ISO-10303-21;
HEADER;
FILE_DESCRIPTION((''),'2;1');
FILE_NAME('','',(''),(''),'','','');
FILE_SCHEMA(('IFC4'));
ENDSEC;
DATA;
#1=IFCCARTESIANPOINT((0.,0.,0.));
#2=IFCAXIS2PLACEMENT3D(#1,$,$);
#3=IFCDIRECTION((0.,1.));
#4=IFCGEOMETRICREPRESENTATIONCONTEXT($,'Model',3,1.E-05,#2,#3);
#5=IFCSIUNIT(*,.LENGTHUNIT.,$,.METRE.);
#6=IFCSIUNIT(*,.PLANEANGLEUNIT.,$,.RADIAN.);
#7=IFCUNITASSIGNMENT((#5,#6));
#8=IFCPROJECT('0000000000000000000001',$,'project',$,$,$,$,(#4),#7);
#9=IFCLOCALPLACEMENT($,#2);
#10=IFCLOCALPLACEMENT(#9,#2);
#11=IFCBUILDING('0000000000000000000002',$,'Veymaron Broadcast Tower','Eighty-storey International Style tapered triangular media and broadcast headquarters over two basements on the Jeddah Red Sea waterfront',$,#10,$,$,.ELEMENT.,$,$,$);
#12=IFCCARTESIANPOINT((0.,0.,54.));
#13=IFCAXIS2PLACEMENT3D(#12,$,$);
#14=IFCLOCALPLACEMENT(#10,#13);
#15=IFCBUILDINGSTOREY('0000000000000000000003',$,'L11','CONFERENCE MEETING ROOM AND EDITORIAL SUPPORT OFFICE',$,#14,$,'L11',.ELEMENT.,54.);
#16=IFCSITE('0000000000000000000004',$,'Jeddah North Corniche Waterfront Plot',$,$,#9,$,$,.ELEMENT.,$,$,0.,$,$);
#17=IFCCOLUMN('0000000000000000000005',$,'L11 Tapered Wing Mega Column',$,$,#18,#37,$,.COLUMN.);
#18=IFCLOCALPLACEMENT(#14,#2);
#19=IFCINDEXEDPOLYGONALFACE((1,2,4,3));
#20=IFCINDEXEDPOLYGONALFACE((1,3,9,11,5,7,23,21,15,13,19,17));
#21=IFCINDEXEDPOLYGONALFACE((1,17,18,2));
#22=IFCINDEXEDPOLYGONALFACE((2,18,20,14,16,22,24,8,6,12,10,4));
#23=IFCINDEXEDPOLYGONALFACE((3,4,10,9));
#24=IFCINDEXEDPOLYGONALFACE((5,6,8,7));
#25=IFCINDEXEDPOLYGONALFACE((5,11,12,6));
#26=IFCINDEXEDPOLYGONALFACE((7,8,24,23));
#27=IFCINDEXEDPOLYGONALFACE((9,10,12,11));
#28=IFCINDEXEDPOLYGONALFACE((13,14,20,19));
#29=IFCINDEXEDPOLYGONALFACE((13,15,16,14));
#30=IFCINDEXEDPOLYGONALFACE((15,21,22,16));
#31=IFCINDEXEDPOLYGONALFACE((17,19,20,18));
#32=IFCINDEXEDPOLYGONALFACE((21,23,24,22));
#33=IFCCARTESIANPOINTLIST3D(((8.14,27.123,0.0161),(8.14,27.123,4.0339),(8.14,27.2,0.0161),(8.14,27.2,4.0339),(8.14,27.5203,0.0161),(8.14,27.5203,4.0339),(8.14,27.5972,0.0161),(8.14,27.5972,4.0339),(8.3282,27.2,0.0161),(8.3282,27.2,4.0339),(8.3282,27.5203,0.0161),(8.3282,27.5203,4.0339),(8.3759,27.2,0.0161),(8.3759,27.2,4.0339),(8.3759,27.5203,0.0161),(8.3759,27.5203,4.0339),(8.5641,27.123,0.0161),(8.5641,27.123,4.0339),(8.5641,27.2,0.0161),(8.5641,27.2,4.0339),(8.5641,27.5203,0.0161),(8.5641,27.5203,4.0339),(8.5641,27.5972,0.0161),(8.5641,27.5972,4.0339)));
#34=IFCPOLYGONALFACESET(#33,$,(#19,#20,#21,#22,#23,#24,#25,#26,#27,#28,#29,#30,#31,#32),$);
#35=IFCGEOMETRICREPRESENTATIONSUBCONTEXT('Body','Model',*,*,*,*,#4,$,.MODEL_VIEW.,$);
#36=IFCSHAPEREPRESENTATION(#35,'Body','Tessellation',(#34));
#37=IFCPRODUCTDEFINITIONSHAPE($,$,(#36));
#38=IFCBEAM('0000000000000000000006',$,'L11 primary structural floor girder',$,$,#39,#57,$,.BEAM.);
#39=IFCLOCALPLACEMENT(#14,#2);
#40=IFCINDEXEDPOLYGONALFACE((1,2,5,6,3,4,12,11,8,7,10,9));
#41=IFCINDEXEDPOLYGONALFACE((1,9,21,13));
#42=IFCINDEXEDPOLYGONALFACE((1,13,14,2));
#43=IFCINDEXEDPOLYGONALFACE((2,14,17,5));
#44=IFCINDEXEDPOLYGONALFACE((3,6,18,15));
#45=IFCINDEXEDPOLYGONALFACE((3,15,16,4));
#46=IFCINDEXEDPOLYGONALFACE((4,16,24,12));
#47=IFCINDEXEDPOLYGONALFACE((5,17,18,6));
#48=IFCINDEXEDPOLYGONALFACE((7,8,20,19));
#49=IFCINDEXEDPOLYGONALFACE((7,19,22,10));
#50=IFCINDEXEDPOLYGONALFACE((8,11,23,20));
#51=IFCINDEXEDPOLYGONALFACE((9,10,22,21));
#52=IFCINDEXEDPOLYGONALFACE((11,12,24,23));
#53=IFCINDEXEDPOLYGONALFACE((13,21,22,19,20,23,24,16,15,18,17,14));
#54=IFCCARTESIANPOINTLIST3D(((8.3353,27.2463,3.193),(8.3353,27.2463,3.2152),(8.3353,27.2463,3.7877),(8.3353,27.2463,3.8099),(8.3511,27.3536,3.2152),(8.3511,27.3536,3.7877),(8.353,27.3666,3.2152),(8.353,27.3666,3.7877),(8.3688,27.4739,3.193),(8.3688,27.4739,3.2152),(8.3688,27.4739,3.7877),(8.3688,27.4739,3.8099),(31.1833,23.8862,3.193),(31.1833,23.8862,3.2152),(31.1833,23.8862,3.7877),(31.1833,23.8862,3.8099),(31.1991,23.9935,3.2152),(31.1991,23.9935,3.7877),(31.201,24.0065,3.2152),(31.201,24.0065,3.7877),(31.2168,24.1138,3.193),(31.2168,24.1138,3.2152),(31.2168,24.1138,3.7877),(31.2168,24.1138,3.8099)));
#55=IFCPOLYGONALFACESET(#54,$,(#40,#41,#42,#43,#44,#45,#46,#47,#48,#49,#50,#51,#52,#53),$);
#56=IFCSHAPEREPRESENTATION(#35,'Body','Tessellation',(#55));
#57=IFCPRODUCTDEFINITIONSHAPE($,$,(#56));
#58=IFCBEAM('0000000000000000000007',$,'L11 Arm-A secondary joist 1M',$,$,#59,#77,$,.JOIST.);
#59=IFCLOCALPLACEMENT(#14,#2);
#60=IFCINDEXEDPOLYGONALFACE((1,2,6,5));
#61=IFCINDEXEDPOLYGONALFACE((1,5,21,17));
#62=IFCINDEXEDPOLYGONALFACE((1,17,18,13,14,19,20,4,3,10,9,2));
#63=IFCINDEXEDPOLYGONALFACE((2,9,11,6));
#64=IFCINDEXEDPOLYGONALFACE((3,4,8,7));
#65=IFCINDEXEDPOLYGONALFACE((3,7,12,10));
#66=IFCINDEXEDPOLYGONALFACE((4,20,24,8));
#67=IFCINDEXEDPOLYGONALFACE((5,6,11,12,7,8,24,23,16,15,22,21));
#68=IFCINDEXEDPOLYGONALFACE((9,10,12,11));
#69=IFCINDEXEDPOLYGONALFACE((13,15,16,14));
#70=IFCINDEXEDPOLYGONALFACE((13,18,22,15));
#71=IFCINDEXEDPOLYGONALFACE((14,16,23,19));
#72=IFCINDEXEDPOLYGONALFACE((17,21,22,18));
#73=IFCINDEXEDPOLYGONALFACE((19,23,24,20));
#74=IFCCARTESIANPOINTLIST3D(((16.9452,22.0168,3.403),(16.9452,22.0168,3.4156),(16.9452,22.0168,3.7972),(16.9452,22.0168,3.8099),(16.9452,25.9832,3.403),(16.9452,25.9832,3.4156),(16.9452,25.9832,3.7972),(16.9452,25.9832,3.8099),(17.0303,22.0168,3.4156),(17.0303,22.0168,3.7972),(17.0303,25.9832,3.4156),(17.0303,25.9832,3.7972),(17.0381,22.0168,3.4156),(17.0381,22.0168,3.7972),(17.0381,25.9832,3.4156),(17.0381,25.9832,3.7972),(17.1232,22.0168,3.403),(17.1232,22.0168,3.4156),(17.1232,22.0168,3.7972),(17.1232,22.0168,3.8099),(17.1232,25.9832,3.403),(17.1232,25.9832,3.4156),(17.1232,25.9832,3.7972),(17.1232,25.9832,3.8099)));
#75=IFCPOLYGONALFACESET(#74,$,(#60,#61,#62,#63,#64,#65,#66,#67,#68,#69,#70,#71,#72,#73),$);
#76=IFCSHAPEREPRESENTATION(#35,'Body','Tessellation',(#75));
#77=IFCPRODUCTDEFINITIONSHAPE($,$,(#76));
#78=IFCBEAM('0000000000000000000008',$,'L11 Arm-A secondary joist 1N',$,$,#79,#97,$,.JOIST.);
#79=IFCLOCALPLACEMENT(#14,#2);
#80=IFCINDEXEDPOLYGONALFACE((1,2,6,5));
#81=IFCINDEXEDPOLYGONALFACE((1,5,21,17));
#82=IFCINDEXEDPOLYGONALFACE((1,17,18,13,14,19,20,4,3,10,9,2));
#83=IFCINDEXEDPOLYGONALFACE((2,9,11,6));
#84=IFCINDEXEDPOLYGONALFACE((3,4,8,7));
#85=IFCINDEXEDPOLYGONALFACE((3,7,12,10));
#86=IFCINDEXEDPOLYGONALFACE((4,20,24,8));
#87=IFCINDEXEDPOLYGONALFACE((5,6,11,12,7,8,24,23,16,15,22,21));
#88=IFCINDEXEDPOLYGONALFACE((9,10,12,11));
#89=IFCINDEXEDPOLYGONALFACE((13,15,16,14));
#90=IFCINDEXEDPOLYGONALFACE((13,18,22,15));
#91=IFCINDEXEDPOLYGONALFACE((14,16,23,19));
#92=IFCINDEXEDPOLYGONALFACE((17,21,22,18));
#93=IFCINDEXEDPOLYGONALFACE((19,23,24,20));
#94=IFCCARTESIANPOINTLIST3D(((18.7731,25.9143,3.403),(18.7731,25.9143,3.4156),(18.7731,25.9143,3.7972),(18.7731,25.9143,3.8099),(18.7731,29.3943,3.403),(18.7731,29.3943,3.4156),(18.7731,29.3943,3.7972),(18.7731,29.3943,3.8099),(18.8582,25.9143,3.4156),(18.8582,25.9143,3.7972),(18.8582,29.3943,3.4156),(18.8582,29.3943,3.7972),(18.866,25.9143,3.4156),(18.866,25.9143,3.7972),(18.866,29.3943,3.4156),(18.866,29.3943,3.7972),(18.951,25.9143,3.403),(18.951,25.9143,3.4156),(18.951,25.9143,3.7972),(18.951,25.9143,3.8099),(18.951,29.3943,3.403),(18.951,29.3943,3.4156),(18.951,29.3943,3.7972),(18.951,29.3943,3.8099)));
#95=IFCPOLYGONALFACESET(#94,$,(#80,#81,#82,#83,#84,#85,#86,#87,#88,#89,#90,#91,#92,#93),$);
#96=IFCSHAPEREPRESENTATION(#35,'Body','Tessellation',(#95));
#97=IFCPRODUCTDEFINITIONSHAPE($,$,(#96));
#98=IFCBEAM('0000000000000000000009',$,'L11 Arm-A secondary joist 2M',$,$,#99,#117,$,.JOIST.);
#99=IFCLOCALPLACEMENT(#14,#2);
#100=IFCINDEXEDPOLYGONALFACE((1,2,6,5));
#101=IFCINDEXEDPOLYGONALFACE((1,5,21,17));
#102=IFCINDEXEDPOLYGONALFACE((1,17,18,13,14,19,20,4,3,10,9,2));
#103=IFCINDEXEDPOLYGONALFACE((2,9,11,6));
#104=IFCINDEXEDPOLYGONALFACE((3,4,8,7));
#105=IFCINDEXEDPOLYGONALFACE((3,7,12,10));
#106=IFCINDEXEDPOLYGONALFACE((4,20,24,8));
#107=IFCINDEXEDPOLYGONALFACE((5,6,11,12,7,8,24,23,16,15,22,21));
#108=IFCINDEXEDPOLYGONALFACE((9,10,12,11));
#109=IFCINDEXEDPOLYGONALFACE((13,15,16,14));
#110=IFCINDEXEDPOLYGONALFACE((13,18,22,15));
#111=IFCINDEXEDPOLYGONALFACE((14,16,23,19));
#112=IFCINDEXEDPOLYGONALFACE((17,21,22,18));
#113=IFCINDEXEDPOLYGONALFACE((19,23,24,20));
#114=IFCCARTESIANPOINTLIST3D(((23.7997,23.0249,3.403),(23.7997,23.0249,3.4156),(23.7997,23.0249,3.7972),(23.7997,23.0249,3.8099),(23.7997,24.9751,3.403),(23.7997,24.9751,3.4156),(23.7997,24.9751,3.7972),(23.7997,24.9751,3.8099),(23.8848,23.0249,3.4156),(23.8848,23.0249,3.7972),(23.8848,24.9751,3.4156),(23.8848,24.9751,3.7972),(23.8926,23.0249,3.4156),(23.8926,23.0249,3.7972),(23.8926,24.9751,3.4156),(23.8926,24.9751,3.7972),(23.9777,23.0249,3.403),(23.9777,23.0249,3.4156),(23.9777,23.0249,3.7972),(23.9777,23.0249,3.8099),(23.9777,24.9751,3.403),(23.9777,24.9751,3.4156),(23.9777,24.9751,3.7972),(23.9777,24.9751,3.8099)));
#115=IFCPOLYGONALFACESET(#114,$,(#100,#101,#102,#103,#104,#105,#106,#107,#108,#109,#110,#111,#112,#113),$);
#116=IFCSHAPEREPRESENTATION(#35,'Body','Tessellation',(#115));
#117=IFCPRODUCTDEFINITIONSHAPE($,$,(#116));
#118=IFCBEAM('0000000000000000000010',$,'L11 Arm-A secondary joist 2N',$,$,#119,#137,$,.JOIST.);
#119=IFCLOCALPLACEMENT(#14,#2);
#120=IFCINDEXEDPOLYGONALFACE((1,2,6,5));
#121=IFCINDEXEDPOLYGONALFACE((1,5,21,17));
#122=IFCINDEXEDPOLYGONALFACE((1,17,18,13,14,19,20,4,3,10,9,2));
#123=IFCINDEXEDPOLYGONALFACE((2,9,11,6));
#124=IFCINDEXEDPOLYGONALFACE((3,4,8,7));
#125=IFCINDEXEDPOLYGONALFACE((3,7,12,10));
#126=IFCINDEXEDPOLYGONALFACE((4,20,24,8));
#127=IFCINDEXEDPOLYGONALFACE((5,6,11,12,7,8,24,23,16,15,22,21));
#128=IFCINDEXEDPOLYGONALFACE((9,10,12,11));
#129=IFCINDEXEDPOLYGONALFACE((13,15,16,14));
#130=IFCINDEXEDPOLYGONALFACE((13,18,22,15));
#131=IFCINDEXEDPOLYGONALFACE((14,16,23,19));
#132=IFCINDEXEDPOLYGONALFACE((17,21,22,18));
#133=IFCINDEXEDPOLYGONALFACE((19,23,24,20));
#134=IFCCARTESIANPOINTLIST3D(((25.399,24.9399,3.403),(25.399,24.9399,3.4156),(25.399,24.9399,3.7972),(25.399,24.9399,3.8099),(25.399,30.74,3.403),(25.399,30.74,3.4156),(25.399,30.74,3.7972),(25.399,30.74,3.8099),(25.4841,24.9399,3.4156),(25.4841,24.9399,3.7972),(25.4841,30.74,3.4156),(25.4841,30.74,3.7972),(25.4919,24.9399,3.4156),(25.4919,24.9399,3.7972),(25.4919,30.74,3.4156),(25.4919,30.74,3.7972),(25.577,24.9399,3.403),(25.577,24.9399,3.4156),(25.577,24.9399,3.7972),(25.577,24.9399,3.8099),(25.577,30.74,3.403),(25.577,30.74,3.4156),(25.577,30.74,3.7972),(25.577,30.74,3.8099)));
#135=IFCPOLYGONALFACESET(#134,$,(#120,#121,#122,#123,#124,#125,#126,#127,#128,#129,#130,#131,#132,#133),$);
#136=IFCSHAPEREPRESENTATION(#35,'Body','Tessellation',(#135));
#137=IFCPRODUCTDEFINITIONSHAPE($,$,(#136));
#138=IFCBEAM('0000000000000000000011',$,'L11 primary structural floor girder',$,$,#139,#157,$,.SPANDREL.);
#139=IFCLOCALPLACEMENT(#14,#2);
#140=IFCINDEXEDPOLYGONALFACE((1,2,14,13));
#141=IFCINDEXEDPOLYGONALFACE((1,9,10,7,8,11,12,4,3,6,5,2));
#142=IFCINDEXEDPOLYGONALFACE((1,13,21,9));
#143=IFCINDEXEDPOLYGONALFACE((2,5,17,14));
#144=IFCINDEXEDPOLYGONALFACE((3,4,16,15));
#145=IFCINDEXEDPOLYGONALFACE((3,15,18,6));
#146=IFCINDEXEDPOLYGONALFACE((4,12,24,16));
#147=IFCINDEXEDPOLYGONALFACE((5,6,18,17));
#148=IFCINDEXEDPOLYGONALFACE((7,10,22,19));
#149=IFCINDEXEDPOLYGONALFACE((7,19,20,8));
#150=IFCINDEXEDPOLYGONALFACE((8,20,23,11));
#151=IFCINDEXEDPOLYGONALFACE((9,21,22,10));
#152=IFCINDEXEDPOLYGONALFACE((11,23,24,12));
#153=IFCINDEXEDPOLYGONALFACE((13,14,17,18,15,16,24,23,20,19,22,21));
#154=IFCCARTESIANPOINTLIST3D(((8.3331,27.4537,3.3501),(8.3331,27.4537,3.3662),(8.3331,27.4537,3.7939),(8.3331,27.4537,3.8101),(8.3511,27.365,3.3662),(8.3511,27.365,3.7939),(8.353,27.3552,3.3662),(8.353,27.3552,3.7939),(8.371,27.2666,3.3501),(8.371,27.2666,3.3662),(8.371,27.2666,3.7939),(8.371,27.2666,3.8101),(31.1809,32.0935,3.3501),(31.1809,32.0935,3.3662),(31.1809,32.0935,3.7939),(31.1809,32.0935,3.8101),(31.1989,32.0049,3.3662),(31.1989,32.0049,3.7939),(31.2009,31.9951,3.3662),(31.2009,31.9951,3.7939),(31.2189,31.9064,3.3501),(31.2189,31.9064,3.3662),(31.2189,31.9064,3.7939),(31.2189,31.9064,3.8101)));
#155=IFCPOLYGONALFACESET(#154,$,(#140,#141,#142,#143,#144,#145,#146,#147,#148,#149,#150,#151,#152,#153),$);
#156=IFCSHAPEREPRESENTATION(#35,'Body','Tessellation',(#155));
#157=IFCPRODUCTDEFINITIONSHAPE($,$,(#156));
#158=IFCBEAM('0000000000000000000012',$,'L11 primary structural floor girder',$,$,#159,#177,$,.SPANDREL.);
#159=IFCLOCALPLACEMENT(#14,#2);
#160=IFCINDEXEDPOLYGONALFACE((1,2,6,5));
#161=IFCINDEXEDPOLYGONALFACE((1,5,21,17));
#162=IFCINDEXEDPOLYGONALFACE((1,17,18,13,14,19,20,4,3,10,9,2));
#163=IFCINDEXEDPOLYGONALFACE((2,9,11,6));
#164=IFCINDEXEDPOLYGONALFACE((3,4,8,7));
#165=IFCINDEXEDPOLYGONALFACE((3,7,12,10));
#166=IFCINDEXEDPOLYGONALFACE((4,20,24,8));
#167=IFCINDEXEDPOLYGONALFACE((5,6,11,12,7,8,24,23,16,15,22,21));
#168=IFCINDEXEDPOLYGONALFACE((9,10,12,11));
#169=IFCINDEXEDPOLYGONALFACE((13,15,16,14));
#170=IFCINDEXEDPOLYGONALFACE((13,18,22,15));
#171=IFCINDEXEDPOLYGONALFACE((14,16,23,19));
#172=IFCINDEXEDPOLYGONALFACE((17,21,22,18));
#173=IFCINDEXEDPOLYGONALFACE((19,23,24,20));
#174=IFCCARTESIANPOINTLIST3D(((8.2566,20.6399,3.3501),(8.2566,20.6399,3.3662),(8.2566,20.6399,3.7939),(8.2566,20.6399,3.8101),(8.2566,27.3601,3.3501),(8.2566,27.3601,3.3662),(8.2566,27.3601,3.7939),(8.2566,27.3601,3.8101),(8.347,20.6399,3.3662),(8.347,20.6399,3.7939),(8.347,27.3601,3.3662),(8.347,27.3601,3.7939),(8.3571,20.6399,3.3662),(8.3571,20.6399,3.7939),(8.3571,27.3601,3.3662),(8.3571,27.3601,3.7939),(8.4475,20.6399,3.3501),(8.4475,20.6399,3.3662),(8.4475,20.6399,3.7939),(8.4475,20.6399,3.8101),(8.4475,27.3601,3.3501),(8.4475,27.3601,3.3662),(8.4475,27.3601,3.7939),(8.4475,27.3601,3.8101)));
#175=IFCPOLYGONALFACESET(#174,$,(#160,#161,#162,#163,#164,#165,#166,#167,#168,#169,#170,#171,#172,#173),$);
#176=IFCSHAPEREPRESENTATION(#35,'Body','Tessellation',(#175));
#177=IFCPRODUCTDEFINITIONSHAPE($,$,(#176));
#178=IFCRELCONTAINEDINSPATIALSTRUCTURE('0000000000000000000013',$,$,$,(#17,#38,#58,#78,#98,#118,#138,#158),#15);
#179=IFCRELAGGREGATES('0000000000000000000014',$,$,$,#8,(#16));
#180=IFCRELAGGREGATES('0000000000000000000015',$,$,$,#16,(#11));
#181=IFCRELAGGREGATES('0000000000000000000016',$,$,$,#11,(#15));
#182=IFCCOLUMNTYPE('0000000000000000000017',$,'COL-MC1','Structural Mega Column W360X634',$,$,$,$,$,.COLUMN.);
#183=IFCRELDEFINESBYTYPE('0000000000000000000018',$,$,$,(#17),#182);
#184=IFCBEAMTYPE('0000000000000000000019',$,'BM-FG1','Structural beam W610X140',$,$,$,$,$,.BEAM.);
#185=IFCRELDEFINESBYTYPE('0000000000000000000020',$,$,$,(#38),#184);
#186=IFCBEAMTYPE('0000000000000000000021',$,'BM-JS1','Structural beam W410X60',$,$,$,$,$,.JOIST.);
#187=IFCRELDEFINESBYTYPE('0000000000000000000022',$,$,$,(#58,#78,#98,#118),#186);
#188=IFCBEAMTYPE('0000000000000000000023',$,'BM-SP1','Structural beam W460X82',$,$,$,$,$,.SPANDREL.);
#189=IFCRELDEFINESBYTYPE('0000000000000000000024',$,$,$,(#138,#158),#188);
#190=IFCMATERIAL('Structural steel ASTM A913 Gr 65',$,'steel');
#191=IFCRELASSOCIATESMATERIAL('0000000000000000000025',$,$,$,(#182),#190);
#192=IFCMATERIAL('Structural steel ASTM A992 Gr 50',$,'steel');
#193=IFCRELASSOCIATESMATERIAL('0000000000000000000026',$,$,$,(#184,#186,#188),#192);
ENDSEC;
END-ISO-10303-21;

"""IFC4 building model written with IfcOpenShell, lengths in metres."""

from ifc_helpers import new_model, si_unit, direction, frame, origin, origin_2d, place, context, subcontext, project, spatial, i_section, extrude, material, material_profile, profile_set, type_object, element, save


model = new_model("IFC4")

# Units and contexts
model_context = context("Model", 3, precision=1e-05, world=origin(), true_north=direction((0.0, 1.0)))
body_context = subcontext(model_context, "Body", "Model", "MODEL_VIEW")
ifc_project = project(units=[si_unit("LENGTHUNIT", "METRE"), si_unit("PLANEANGLEUNIT", "RADIAN")], contexts=[model_context])

# Site, building, storey
site_placement = place(None, origin())
site = spatial("IfcSite", under=ifc_project, at=site_placement, Name="Jeddah North Corniche Waterfront Plot", CompositionType="ELEMENT", RefElevation=0.0)
building_placement = place(site_placement, origin())
building = spatial("IfcBuilding", under=site, at=building_placement, Name="Veymaron Broadcast Tower", Description="Eighty-storey International Style tapered triangular media and broadcast headquarters over two basements on the Jeddah Red Sea waterfront", CompositionType="ELEMENT")
storey_placement = place(building_placement, frame((0.0, 0.0, 54.0)))
storey = spatial("IfcBuildingStorey", under=building, at=storey_placement, Name="L11", Description="CONFERENCE MEETING ROOM AND EDITORIAL SUPPORT OFFICE", LongName="L11", CompositionType="ELEMENT", Elevation=54.0)

# Column
ifc_material_1 = material(Name="Structural steel ASTM A913 Gr 65", Category="steel")
ifc_material_profile_1 = material_profile(ifc_material_1, i_section(OverallWidth=0.4241, OverallDepth=0.4741, WebThickness=0.0476, FlangeThickness=0.0769, at=origin_2d()), Name="W360X634")
ifc_profile_set_1 = profile_set([ifc_material_profile_1], Name="Structural steel ASTM A913 Gr 65")
column_type = type_object("IfcColumnType", Name="COL-MC1", Description="Structural Mega Column W360X634", PredefinedType="COLUMN", material=ifc_profile_set_1)
column_placement = place(storey_placement, frame((8.3521, 27.3601, 0.0161), z_axis=(0.0, 0.0, 1.0), x_axis=(1.0, 0.0, 0.0)))
element("IfcColumn", 1, at=column_placement, inside=storey, type_object=column_type, Name="L11 Tapered Wing Mega Column", PredefinedType="COLUMN", context=body_context, shape_type="SweptSolid", body=[
    extrude(i_section(OverallWidth=0.4241, OverallDepth=0.4741, WebThickness=0.0476, FlangeThickness=0.0769, at=origin_2d()), origin(), (0.0, 0.0, 1.0), 4.0178),
])

# Beams
ifc_material_2 = material(Name="Structural steel ASTM A992 Gr 50", Category="steel")
ifc_material_profile_2 = material_profile(ifc_material_2, i_section(OverallWidth=0.23, OverallDepth=0.6169, WebThickness=0.0132, FlangeThickness=0.0222, at=origin_2d()), Name="W610X140")
ifc_profile_set_2 = profile_set([ifc_material_profile_2], Name="Structural steel ASTM A992 Gr 50")
beam_type_1 = type_object("IfcBeamType", Name="BM-FG1", Description="Structural beam W610X140", PredefinedType="BEAM", material=ifc_profile_set_2)
beam_1_placement = place(storey_placement, frame((8.3521, 27.3601, 3.5015), z_axis=(0.989358, -0.145499, 0.0), x_axis=(0.145499, 0.989358, 0.0)))
element("IfcBeam", 2, at=beam_1_placement, inside=storey, type_object=beam_type_1, Name="L11 primary structural floor girder", PredefinedType="BEAM", context=body_context, shape_type="SweptSolid", body=[
    extrude(i_section(OverallWidth=0.23, OverallDepth=0.6169, WebThickness=0.0132, FlangeThickness=0.0222, at=origin_2d()), origin(), (0.0, 0.0, 1.0), 23.0938),
])
ifc_material_profile_3 = material_profile(ifc_material_2, i_section(OverallWidth=0.178, OverallDepth=0.407, WebThickness=0.0078, FlangeThickness=0.0127, at=origin_2d()), Name="W410X60")
ifc_profile_set_3 = profile_set([ifc_material_profile_3], Name="Structural steel ASTM A992 Gr 50")
beam_type_2 = type_object("IfcBeamType", Name="BM-JS1", Description="Structural beam W410X60", PredefinedType="JOIST", material=ifc_profile_set_3)
beam_2_placement = place(storey_placement, frame((17.0342, 22.0168, 3.6064), z_axis=(0.0, 1.0, 0.0), x_axis=(-1.0, 0.0, 0.0)))
element("IfcBeam", 3, at=beam_2_placement, inside=storey, type_object=beam_type_2, Name="L11 Arm-A secondary joist 1M", PredefinedType="JOIST", context=body_context, shape_type="SweptSolid", body=[
    extrude(i_section(OverallWidth=0.178, OverallDepth=0.407, WebThickness=0.0078, FlangeThickness=0.0127, at=origin_2d()), origin(), (0.0, 0.0, 1.0), 3.9663),
])
beam_3_placement = place(storey_placement, frame((18.8621, 25.9143, 3.6064), z_axis=(0.0, 1.0, 0.0), x_axis=(-1.0, 0.0, 0.0)))
element("IfcBeam", 4, at=beam_3_placement, inside=storey, type_object=beam_type_2, Name="L11 Arm-A secondary joist 1N", PredefinedType="JOIST", context=body_context, shape_type="SweptSolid", body=[
    extrude(i_section(OverallWidth=0.178, OverallDepth=0.407, WebThickness=0.0078, FlangeThickness=0.0127, at=origin_2d()), origin(), (0.0, 0.0, 1.0), 3.48),
])
beam_4_placement = place(storey_placement, frame((23.8887, 23.0249, 3.6064), z_axis=(0.0, 1.0, 0.0), x_axis=(-1.0, 0.0, 0.0)))
element("IfcBeam", 5, at=beam_4_placement, inside=storey, type_object=beam_type_2, Name="L11 Arm-A secondary joist 2M", PredefinedType="JOIST", context=body_context, shape_type="SweptSolid", body=[
    extrude(i_section(OverallWidth=0.178, OverallDepth=0.407, WebThickness=0.0078, FlangeThickness=0.0127, at=origin_2d()), origin(), (0.0, 0.0, 1.0), 1.9502),
])
beam_5_placement = place(storey_placement, frame((25.488, 24.9399, 3.6064), z_axis=(0.0, 1.0, 0.0), x_axis=(-1.0, 0.0, 0.0)))
element("IfcBeam", 6, at=beam_5_placement, inside=storey, type_object=beam_type_2, Name="L11 Arm-A secondary joist 2N", PredefinedType="JOIST", context=body_context, shape_type="SweptSolid", body=[
    extrude(i_section(OverallWidth=0.178, OverallDepth=0.407, WebThickness=0.0078, FlangeThickness=0.0127, at=origin_2d()), origin(), (0.0, 0.0, 1.0), 5.8),
])
ifc_material_profile_4 = material_profile(ifc_material_2, i_section(OverallWidth=0.1909, OverallDepth=0.46, WebThickness=0.01, FlangeThickness=0.0161, at=origin_2d()), Name="W460X82")
ifc_profile_set_4 = profile_set([ifc_material_profile_4], Name="Structural steel ASTM A992 Gr 50")
beam_type_3 = type_object("IfcBeamType", Name="BM-SP1", Description="Structural beam W460X82", PredefinedType="SPANDREL", material=ifc_profile_set_4)
beam_6_placement = place(storey_placement, frame((8.3521, 27.3601, 3.5801), z_axis=(0.979996, 0.199015, 0.0), x_axis=(-0.199015, 0.979996, 0.0)))
element("IfcBeam", 7, at=beam_6_placement, inside=storey, type_object=beam_type_3, Name="L11 primary structural floor girder", PredefinedType="SPANDREL", context=body_context, shape_type="SweptSolid", body=[
    extrude(i_section(OverallWidth=0.1909, OverallDepth=0.46, WebThickness=0.01, FlangeThickness=0.0161, at=origin_2d()), origin(), (0.0, 0.0, 1.0), 23.3142),
])
beam_7_placement = place(storey_placement, frame((8.3521, 20.6399, 3.5801), z_axis=(0.0, 1.0, 0.0), x_axis=(-1.0, 0.0, 0.0)))
element("IfcBeam", 8, at=beam_7_placement, inside=storey, type_object=beam_type_3, Name="L11 primary structural floor girder", PredefinedType="SPANDREL", context=body_context, shape_type="SweptSolid", body=[
    extrude(i_section(OverallWidth=0.1909, OverallDepth=0.46, WebThickness=0.01, FlangeThickness=0.0161, at=origin_2d()), origin(), (0.0, 0.0, 1.0), 6.7202),
])

save(model, "model.ifc")
